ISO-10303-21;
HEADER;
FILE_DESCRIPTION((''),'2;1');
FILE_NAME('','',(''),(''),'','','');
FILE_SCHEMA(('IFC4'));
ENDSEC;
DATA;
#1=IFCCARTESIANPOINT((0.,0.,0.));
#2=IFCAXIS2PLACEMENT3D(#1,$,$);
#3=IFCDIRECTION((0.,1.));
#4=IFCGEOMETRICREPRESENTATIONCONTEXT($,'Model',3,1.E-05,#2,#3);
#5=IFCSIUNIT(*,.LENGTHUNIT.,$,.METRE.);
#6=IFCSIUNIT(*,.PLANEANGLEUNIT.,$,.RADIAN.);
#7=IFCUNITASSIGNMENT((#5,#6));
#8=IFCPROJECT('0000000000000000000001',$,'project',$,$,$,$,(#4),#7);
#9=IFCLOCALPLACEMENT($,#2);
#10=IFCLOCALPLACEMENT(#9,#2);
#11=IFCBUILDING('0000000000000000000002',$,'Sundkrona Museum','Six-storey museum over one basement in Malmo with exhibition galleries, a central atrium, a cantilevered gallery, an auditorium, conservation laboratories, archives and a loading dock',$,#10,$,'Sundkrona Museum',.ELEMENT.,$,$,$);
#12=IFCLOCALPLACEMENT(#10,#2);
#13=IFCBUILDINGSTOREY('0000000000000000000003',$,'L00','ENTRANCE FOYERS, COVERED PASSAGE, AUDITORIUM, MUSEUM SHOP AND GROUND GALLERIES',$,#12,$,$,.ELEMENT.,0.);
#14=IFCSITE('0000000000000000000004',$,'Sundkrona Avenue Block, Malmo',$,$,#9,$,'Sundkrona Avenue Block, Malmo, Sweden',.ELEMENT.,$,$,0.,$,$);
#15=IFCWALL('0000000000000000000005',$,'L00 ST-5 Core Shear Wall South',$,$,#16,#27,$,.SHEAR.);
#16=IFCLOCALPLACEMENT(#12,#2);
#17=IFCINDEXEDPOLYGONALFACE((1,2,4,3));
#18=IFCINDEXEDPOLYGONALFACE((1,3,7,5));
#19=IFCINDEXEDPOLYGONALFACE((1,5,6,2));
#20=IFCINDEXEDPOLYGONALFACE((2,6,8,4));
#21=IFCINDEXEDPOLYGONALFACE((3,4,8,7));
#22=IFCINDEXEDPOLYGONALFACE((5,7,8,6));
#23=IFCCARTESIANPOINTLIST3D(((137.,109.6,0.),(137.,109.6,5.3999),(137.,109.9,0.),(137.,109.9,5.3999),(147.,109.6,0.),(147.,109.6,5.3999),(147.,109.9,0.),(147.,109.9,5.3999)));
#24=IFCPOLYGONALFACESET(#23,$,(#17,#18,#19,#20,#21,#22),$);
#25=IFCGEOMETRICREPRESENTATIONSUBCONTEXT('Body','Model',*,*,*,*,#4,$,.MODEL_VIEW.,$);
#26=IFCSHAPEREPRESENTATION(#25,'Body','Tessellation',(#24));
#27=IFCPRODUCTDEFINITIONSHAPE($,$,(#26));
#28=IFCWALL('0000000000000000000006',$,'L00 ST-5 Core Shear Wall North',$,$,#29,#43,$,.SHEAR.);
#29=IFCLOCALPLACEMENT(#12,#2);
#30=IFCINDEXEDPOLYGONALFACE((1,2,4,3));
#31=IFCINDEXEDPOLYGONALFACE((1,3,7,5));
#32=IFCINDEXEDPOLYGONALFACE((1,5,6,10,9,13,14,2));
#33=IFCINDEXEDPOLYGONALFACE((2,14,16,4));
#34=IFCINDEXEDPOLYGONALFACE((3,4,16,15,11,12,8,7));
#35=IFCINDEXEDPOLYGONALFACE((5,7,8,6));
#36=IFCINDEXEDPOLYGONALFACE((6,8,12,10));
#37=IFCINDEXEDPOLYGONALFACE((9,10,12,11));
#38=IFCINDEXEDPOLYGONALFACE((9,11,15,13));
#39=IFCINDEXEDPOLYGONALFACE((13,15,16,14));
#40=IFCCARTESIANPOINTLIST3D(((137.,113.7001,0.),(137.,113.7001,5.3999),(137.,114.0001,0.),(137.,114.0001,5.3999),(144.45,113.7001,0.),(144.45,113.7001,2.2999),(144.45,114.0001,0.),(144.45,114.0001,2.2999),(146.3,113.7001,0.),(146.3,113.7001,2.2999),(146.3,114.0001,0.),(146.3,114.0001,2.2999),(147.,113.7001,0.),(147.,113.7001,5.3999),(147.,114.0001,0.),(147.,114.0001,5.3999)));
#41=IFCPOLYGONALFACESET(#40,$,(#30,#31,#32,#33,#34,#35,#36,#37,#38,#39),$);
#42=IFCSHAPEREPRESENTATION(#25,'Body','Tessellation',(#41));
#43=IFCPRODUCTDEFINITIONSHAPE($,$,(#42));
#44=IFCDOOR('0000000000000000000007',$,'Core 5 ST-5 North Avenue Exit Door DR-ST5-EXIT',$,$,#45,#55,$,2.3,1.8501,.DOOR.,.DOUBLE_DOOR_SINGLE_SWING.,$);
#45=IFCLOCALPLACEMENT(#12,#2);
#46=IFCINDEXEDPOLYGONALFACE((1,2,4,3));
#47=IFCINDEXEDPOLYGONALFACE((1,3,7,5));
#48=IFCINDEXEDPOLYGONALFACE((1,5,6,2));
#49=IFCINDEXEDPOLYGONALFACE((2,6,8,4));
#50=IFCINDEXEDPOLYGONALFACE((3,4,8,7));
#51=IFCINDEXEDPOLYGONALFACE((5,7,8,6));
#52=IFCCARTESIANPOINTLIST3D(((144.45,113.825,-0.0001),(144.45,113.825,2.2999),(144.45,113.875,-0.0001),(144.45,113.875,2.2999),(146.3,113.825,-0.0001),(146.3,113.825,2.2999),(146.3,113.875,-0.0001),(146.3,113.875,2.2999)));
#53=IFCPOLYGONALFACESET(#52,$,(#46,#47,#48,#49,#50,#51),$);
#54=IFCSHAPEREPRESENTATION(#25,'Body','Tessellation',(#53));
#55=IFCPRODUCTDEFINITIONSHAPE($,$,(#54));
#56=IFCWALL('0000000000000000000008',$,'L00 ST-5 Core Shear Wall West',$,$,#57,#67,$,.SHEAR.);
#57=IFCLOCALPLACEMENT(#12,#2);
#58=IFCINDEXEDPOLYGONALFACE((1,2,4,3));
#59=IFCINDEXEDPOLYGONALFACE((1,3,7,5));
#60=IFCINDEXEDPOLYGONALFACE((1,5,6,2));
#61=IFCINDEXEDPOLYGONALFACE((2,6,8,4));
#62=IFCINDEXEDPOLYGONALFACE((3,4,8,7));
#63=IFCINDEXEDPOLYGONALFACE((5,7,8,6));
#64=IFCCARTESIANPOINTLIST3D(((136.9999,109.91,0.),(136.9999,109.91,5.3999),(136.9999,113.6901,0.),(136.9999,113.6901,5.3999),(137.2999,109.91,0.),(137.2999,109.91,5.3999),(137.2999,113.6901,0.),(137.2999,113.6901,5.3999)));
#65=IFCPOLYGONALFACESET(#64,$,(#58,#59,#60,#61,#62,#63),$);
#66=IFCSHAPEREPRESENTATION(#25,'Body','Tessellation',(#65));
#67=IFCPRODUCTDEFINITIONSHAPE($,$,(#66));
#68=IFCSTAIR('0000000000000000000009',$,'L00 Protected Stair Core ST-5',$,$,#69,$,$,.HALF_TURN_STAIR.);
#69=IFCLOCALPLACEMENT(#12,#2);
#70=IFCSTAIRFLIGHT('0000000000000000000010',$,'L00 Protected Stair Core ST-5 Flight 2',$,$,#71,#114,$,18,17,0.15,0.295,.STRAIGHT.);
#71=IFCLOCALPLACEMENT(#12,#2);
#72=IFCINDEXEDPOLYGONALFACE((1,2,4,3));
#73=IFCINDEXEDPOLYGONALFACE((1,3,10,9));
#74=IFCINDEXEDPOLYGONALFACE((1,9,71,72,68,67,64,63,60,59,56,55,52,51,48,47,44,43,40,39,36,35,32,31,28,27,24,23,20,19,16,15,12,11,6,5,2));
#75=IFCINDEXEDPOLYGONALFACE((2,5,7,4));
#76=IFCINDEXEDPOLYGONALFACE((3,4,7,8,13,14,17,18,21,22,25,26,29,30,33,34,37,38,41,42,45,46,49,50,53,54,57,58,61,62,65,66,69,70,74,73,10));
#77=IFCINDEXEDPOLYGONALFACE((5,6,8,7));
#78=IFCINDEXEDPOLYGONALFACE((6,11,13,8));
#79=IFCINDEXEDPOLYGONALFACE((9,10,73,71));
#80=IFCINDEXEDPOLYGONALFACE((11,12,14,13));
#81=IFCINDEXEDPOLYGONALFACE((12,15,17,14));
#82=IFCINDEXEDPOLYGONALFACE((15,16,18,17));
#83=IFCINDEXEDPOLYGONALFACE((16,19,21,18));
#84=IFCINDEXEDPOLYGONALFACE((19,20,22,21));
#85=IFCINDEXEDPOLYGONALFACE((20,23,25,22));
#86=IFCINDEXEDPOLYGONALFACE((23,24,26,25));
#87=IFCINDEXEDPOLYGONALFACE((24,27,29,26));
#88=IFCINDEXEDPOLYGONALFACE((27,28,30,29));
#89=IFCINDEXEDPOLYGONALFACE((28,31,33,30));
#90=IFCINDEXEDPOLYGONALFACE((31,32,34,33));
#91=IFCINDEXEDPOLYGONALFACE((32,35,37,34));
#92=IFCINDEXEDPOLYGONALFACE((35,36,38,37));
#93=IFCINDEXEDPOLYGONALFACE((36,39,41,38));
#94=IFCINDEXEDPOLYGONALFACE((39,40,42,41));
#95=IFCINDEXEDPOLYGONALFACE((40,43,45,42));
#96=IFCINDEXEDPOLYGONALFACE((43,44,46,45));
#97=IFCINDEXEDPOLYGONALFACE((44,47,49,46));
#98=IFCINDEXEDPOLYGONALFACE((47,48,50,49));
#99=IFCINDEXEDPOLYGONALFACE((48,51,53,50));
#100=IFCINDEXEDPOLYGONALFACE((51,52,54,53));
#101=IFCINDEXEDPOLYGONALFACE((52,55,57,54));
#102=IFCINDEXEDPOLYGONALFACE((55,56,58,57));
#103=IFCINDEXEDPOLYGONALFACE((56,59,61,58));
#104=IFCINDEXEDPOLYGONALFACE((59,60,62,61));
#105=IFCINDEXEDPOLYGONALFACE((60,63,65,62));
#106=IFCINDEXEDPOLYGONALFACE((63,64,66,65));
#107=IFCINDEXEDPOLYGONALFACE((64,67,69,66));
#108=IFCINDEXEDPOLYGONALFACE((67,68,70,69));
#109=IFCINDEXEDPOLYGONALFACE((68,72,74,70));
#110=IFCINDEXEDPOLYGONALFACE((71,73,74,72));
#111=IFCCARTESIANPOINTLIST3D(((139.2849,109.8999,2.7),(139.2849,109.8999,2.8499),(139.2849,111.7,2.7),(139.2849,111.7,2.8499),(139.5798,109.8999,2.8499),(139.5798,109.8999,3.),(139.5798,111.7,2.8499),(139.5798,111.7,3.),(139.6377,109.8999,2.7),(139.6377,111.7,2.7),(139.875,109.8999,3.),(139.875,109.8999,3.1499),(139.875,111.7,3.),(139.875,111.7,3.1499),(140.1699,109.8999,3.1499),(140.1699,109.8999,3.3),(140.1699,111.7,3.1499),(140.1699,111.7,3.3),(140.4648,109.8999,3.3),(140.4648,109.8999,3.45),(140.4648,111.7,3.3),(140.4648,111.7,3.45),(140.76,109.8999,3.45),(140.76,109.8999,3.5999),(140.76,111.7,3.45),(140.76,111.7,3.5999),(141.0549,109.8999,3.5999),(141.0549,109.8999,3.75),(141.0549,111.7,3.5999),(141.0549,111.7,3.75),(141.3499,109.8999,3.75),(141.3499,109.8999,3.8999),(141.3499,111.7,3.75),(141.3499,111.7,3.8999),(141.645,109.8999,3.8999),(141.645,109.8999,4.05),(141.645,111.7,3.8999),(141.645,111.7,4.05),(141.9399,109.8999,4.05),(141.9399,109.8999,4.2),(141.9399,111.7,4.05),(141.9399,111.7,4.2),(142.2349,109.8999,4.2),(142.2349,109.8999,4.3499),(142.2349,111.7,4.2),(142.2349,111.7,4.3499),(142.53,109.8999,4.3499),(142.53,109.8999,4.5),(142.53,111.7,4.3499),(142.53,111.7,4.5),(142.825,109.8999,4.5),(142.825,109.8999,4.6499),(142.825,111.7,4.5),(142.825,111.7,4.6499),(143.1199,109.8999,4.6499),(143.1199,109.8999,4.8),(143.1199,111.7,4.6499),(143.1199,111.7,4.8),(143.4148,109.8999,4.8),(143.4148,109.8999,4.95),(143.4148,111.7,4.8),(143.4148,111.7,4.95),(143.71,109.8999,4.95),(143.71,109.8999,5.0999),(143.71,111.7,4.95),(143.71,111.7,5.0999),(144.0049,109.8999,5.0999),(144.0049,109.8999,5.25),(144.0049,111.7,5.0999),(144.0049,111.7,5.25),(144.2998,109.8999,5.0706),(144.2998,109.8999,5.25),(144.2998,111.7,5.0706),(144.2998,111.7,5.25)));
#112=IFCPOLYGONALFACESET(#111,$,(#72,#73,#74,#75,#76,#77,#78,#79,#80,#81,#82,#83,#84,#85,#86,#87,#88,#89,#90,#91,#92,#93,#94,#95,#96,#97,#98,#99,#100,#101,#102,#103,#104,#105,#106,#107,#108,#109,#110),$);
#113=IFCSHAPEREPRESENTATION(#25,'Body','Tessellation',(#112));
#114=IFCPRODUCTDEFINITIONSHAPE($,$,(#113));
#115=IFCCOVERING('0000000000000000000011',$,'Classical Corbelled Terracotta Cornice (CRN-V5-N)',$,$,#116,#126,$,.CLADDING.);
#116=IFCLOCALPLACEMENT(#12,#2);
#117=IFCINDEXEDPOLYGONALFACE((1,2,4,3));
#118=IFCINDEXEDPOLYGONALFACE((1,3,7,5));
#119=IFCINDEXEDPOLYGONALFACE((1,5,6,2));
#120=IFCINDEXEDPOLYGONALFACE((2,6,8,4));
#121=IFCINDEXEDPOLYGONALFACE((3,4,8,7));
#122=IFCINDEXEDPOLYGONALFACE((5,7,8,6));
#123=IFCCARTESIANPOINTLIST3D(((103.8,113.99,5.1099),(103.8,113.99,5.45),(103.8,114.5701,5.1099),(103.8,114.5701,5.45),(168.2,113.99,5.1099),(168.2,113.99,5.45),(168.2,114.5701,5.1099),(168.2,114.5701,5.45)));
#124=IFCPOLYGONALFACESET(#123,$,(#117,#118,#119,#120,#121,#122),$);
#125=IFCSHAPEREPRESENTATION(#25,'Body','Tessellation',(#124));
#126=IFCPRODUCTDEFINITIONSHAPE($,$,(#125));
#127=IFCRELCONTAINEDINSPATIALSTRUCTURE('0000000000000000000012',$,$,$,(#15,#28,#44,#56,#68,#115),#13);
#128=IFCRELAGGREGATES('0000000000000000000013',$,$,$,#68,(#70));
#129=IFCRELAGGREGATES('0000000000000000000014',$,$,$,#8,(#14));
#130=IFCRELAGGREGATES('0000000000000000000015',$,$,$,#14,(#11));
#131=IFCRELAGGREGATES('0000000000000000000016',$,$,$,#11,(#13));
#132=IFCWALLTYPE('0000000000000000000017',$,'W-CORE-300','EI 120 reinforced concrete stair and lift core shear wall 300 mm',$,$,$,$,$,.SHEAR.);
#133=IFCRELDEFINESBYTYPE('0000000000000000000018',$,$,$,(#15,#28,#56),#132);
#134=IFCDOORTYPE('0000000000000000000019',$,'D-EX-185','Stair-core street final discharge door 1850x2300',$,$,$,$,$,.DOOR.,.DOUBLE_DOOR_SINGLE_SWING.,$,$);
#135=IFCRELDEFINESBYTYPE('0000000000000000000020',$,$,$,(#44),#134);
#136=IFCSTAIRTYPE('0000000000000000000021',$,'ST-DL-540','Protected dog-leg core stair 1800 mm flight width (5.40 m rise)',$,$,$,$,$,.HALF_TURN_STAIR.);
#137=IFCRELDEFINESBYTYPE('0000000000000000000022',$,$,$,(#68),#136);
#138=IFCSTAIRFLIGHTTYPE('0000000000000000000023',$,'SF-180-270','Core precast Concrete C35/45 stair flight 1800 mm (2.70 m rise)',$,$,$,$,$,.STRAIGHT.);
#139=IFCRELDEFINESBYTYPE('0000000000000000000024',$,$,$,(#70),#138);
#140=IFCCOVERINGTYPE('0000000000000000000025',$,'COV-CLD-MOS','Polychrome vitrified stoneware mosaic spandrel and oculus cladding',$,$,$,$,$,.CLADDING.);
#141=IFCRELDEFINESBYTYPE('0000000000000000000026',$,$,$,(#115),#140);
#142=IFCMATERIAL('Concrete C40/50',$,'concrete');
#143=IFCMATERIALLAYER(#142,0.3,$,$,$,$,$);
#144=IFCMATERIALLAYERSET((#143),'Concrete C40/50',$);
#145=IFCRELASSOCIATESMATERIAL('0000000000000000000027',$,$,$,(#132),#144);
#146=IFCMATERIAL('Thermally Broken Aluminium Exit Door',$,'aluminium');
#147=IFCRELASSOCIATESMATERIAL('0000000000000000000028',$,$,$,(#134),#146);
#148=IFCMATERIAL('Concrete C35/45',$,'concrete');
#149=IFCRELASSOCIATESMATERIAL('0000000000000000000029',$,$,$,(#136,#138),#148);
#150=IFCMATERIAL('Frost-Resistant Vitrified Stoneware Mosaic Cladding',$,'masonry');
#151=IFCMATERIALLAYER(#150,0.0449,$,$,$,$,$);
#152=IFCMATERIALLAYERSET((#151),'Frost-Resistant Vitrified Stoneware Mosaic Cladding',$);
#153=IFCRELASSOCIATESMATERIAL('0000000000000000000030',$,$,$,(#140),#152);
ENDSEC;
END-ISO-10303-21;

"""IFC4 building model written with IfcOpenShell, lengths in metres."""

from ifc_helpers import new_model, si_unit, direction, frame, frame_2d, origin, origin_2d, place, context, subcontext, project, spatial, polyline, rectangle, outline, extrude, material, layer, layer_set, type_object, element, fill, aggregate, save


model = new_model("IFC4")

# Units and contexts
model_context = context("Model", 3, precision=1e-05, world=origin(), true_north=direction((0.0, 1.0)))
body_context = subcontext(model_context, "Body", "Model", "MODEL_VIEW")
ifc_project = project(units=[si_unit("LENGTHUNIT", "METRE"), si_unit("PLANEANGLEUNIT", "RADIAN")], contexts=[model_context])

# Site, building, storey
site_placement = place(None, origin())
site = spatial("IfcSite", under=ifc_project, at=site_placement, Name="Sundkrona Avenue Block, Malmo", LongName="Sundkrona Avenue Block, Malmo, Sweden", CompositionType="ELEMENT", RefElevation=0.0)
building_placement = place(site_placement, origin())
building = spatial("IfcBuilding", under=site, at=building_placement, Name="Sundkrona Museum", Description="Six-storey museum over one basement in Malmo with exhibition galleries, a central atrium, a cantilevered gallery, an auditorium, conservation laboratories, archives and a loading dock", LongName="Sundkrona Museum", CompositionType="ELEMENT")
storey_placement = place(building_placement, origin())
storey = spatial("IfcBuildingStorey", under=building, at=storey_placement, Name="L00", Description="ENTRANCE FOYERS, COVERED PASSAGE, AUDITORIUM, MUSEUM SHOP AND GROUND GALLERIES", CompositionType="ELEMENT", Elevation=0.0)

# Wall
ifc_material_1 = material(Name="Concrete C40/50", Category="concrete")
ifc_layer_1 = layer(ifc_material_1, 0.3)
ifc_layer_set_1 = layer_set([ifc_layer_1], Name="Concrete C40/50")
wall_type = type_object("IfcWallType", Name="W-CORE-300", Description="EI 120 reinforced concrete stair and lift core shear wall 300 mm", PredefinedType="SHEAR", material=ifc_layer_set_1)
wall_1_placement = place(storey_placement, frame((137.0, 109.75, 0.0), z_axis=(0.0, 0.0, 1.0), x_axis=(1.0, 0.0, 0.0)))
element("IfcWall", 1, at=wall_1_placement, inside=storey, type_object=wall_type, Name="L00 ST-5 Core Shear Wall South", PredefinedType="SHEAR", context=body_context, shape_type="SweptSolid", body=[
    extrude(rectangle(XDim=10.0, YDim=0.3, at=frame_2d((5.0, 0.0))), origin(), (0.0, 0.0, 1.0), 5.3999),
])

# Wall, opening, door
wall_2_placement = place(storey_placement, frame((137.0, 113.8501, 0.0), z_axis=(0.0, 0.0, 1.0), x_axis=(1.0, 0.0, 0.0)))
wall_2 = element("IfcWall", 2, at=wall_2_placement, inside=storey, type_object=wall_type, Name="L00 ST-5 Core Shear Wall North", PredefinedType="SHEAR", context=body_context, shape_type="SweptSolid", body=[
    extrude(rectangle(XDim=10.0, YDim=0.3, at=frame_2d((5.0, 0.0))), origin(), (0.0, 0.0, 1.0), 5.3999),
])
opening_placement = place(wall_2_placement, frame((7.45, 0.0, 0.0)))
opening = element("IfcOpeningElement", 3, at=opening_placement, cuts=wall_2, PredefinedType="OPENING", context=body_context, shape_type="SweptSolid", body=[
    extrude(rectangle(XDim=1.8501, YDim=2.3, at=frame_2d((0.925, 1.1499))), frame((0.0, 0.1599, 0.0), z_axis=(0.0, -1.0, 0.0), x_axis=(1.0, 0.0, 0.0)), (0.0, 0.0, 1.0), 0.3201),
])
ifc_material_2 = material(Name="Thermally Broken Aluminium Exit Door", Category="aluminium")
door_type = type_object("IfcDoorType", Name="D-EX-185", Description="Stair-core street final discharge door 1850x2300", OperationType="DOUBLE_DOOR_SINGLE_SWING", PredefinedType="DOOR", material=ifc_material_2)
door_placement = place(opening_placement, origin())
door = element("IfcDoor", 4, at=door_placement, inside=storey, type_object=door_type, Name="Core 5 ST-5 North Avenue Exit Door DR-ST5-EXIT", OperationType="DOUBLE_DOOR_SINGLE_SWING", OverallHeight=2.3, OverallWidth=1.8501, PredefinedType="DOOR", context=body_context, shape_type="SweptSolid", body=[
    extrude(rectangle(XDim=1.8501, YDim=2.3, at=frame_2d((0.925, 1.1499))), frame((0.0, 0.0249, 0.0), z_axis=(0.0, -1.0, 0.0), x_axis=(1.0, 0.0, 0.0)), (0.0, 0.0, 1.0), 0.05),
])
fill(opening, door)

# Wall
wall_3_placement = place(storey_placement, frame((137.1499, 109.9099, 0.0), z_axis=(0.0, 0.0, 1.0), x_axis=(0.0, 1.0, 0.0)))
element("IfcWall", 5, at=wall_3_placement, inside=storey, type_object=wall_type, Name="L00 ST-5 Core Shear Wall West", PredefinedType="SHEAR", context=body_context, shape_type="SweptSolid", body=[
    extrude(rectangle(XDim=3.78, YDim=0.3, at=frame_2d((1.8901, 0.0))), origin(), (0.0, 0.0, 1.0), 5.3999),
])

# Stair, stair flight
ifc_material_3 = material(Name="Concrete C35/45", Category="concrete")
stair_type = type_object("IfcStairType", Name="ST-DL-540", Description="Protected dog-leg core stair 1800 mm flight width (5.40 m rise)", PredefinedType="HALF_TURN_STAIR", material=ifc_material_3)
stair_placement = place(storey_placement, origin())
stair = element("IfcStair", 6, at=stair_placement, inside=storey, type_object=stair_type, Name="L00 Protected Stair Core ST-5", PredefinedType="HALF_TURN_STAIR")
stair_flight_type = type_object("IfcStairFlightType", Name="SF-180-270", Description="Core precast Concrete C35/45 stair flight 1800 mm (2.70 m rise)", PredefinedType="STRAIGHT", material=ifc_material_3)
stair_flight_placement = place(storey_placement, frame((139.2849, 110.8, 2.7), z_axis=(0.0, 0.0, 1.0), x_axis=(1.0, 0.0, 0.0)))
stair_flight = element("IfcStairFlight", 7, at=stair_flight_placement, type_object=stair_flight_type, Name="L00 Protected Stair Core ST-5 Flight 2", NumberOfRisers=18, NumberOfTreads=17, PredefinedType="STRAIGHT", RiserHeight=0.15, TreadLength=0.295, context=body_context, shape_type="SweptSolid", body=[
    extrude(outline(polyline([(0.0, 0.0), (0.0, 0.1499), (0.2949, 0.1499), (0.2949, 0.3), (0.5901, 0.3), (0.5901, 0.45), (0.885, 0.45), (0.885, 0.6001), (1.1799, 0.6001), (1.1799, 0.75), (1.4751, 0.75), (1.4751, 0.8999), (1.77, 0.8999), (1.77, 1.05), (2.0649, 1.05), (2.0649, 1.2), (2.3601, 1.2), (2.3601, 1.3501), (2.655, 1.3501), (2.655, 1.5), (2.95, 1.5), (2.95, 1.6499), (3.2451, 1.6499), (3.2451, 1.8), (3.54, 1.8), (3.54, 1.95), (3.835, 1.95), (3.835, 2.1001), (4.1299, 2.1001), (4.1299, 2.25), (4.425, 2.25), (4.425, 2.3999), (4.72, 2.3999), (4.72, 2.55), (5.0149, 2.55), (5.0149, 2.7), (5.0149, 2.3706), (0.3528, 0.0), (0.0, 0.0)])), frame((0.0, 0.8999, 0.0), z_axis=(0.0, -1.0, 0.0), x_axis=(1.0, 0.0, 0.0)), (0.0, 0.0, 1.0), 1.8),
])
aggregate(stair, [stair_flight])

# Covering
ifc_material_4 = material(Name="Frost-Resistant Vitrified Stoneware Mosaic Cladding", Category="masonry")
ifc_layer_2 = layer(ifc_material_4, 0.0449)
ifc_layer_set_2 = layer_set([ifc_layer_2], Name="Frost-Resistant Vitrified Stoneware Mosaic Cladding")
covering_type = type_object("IfcCoveringType", Name="COV-CLD-MOS", Description="Polychrome vitrified stoneware mosaic spandrel and oculus cladding", PredefinedType="CLADDING", material=ifc_layer_set_2)
covering_placement = place(storey_placement, frame((136.0, 114.28, 5.1099), z_axis=(0.0, 0.0, 1.0), x_axis=(1.0, 0.0, 0.0)))
element("IfcCovering", 8, at=covering_placement, inside=storey, type_object=covering_type, Name="Classical Corbelled Terracotta Cornice (CRN-V5-N)", PredefinedType="CLADDING", context=body_context, shape_type="SweptSolid", body=[
    extrude(rectangle(XDim=64.3999, YDim=0.5801, at=origin_2d()), origin(), (0.0, 0.0, 1.0), 0.3401),
])

save(model, "model.ifc")
